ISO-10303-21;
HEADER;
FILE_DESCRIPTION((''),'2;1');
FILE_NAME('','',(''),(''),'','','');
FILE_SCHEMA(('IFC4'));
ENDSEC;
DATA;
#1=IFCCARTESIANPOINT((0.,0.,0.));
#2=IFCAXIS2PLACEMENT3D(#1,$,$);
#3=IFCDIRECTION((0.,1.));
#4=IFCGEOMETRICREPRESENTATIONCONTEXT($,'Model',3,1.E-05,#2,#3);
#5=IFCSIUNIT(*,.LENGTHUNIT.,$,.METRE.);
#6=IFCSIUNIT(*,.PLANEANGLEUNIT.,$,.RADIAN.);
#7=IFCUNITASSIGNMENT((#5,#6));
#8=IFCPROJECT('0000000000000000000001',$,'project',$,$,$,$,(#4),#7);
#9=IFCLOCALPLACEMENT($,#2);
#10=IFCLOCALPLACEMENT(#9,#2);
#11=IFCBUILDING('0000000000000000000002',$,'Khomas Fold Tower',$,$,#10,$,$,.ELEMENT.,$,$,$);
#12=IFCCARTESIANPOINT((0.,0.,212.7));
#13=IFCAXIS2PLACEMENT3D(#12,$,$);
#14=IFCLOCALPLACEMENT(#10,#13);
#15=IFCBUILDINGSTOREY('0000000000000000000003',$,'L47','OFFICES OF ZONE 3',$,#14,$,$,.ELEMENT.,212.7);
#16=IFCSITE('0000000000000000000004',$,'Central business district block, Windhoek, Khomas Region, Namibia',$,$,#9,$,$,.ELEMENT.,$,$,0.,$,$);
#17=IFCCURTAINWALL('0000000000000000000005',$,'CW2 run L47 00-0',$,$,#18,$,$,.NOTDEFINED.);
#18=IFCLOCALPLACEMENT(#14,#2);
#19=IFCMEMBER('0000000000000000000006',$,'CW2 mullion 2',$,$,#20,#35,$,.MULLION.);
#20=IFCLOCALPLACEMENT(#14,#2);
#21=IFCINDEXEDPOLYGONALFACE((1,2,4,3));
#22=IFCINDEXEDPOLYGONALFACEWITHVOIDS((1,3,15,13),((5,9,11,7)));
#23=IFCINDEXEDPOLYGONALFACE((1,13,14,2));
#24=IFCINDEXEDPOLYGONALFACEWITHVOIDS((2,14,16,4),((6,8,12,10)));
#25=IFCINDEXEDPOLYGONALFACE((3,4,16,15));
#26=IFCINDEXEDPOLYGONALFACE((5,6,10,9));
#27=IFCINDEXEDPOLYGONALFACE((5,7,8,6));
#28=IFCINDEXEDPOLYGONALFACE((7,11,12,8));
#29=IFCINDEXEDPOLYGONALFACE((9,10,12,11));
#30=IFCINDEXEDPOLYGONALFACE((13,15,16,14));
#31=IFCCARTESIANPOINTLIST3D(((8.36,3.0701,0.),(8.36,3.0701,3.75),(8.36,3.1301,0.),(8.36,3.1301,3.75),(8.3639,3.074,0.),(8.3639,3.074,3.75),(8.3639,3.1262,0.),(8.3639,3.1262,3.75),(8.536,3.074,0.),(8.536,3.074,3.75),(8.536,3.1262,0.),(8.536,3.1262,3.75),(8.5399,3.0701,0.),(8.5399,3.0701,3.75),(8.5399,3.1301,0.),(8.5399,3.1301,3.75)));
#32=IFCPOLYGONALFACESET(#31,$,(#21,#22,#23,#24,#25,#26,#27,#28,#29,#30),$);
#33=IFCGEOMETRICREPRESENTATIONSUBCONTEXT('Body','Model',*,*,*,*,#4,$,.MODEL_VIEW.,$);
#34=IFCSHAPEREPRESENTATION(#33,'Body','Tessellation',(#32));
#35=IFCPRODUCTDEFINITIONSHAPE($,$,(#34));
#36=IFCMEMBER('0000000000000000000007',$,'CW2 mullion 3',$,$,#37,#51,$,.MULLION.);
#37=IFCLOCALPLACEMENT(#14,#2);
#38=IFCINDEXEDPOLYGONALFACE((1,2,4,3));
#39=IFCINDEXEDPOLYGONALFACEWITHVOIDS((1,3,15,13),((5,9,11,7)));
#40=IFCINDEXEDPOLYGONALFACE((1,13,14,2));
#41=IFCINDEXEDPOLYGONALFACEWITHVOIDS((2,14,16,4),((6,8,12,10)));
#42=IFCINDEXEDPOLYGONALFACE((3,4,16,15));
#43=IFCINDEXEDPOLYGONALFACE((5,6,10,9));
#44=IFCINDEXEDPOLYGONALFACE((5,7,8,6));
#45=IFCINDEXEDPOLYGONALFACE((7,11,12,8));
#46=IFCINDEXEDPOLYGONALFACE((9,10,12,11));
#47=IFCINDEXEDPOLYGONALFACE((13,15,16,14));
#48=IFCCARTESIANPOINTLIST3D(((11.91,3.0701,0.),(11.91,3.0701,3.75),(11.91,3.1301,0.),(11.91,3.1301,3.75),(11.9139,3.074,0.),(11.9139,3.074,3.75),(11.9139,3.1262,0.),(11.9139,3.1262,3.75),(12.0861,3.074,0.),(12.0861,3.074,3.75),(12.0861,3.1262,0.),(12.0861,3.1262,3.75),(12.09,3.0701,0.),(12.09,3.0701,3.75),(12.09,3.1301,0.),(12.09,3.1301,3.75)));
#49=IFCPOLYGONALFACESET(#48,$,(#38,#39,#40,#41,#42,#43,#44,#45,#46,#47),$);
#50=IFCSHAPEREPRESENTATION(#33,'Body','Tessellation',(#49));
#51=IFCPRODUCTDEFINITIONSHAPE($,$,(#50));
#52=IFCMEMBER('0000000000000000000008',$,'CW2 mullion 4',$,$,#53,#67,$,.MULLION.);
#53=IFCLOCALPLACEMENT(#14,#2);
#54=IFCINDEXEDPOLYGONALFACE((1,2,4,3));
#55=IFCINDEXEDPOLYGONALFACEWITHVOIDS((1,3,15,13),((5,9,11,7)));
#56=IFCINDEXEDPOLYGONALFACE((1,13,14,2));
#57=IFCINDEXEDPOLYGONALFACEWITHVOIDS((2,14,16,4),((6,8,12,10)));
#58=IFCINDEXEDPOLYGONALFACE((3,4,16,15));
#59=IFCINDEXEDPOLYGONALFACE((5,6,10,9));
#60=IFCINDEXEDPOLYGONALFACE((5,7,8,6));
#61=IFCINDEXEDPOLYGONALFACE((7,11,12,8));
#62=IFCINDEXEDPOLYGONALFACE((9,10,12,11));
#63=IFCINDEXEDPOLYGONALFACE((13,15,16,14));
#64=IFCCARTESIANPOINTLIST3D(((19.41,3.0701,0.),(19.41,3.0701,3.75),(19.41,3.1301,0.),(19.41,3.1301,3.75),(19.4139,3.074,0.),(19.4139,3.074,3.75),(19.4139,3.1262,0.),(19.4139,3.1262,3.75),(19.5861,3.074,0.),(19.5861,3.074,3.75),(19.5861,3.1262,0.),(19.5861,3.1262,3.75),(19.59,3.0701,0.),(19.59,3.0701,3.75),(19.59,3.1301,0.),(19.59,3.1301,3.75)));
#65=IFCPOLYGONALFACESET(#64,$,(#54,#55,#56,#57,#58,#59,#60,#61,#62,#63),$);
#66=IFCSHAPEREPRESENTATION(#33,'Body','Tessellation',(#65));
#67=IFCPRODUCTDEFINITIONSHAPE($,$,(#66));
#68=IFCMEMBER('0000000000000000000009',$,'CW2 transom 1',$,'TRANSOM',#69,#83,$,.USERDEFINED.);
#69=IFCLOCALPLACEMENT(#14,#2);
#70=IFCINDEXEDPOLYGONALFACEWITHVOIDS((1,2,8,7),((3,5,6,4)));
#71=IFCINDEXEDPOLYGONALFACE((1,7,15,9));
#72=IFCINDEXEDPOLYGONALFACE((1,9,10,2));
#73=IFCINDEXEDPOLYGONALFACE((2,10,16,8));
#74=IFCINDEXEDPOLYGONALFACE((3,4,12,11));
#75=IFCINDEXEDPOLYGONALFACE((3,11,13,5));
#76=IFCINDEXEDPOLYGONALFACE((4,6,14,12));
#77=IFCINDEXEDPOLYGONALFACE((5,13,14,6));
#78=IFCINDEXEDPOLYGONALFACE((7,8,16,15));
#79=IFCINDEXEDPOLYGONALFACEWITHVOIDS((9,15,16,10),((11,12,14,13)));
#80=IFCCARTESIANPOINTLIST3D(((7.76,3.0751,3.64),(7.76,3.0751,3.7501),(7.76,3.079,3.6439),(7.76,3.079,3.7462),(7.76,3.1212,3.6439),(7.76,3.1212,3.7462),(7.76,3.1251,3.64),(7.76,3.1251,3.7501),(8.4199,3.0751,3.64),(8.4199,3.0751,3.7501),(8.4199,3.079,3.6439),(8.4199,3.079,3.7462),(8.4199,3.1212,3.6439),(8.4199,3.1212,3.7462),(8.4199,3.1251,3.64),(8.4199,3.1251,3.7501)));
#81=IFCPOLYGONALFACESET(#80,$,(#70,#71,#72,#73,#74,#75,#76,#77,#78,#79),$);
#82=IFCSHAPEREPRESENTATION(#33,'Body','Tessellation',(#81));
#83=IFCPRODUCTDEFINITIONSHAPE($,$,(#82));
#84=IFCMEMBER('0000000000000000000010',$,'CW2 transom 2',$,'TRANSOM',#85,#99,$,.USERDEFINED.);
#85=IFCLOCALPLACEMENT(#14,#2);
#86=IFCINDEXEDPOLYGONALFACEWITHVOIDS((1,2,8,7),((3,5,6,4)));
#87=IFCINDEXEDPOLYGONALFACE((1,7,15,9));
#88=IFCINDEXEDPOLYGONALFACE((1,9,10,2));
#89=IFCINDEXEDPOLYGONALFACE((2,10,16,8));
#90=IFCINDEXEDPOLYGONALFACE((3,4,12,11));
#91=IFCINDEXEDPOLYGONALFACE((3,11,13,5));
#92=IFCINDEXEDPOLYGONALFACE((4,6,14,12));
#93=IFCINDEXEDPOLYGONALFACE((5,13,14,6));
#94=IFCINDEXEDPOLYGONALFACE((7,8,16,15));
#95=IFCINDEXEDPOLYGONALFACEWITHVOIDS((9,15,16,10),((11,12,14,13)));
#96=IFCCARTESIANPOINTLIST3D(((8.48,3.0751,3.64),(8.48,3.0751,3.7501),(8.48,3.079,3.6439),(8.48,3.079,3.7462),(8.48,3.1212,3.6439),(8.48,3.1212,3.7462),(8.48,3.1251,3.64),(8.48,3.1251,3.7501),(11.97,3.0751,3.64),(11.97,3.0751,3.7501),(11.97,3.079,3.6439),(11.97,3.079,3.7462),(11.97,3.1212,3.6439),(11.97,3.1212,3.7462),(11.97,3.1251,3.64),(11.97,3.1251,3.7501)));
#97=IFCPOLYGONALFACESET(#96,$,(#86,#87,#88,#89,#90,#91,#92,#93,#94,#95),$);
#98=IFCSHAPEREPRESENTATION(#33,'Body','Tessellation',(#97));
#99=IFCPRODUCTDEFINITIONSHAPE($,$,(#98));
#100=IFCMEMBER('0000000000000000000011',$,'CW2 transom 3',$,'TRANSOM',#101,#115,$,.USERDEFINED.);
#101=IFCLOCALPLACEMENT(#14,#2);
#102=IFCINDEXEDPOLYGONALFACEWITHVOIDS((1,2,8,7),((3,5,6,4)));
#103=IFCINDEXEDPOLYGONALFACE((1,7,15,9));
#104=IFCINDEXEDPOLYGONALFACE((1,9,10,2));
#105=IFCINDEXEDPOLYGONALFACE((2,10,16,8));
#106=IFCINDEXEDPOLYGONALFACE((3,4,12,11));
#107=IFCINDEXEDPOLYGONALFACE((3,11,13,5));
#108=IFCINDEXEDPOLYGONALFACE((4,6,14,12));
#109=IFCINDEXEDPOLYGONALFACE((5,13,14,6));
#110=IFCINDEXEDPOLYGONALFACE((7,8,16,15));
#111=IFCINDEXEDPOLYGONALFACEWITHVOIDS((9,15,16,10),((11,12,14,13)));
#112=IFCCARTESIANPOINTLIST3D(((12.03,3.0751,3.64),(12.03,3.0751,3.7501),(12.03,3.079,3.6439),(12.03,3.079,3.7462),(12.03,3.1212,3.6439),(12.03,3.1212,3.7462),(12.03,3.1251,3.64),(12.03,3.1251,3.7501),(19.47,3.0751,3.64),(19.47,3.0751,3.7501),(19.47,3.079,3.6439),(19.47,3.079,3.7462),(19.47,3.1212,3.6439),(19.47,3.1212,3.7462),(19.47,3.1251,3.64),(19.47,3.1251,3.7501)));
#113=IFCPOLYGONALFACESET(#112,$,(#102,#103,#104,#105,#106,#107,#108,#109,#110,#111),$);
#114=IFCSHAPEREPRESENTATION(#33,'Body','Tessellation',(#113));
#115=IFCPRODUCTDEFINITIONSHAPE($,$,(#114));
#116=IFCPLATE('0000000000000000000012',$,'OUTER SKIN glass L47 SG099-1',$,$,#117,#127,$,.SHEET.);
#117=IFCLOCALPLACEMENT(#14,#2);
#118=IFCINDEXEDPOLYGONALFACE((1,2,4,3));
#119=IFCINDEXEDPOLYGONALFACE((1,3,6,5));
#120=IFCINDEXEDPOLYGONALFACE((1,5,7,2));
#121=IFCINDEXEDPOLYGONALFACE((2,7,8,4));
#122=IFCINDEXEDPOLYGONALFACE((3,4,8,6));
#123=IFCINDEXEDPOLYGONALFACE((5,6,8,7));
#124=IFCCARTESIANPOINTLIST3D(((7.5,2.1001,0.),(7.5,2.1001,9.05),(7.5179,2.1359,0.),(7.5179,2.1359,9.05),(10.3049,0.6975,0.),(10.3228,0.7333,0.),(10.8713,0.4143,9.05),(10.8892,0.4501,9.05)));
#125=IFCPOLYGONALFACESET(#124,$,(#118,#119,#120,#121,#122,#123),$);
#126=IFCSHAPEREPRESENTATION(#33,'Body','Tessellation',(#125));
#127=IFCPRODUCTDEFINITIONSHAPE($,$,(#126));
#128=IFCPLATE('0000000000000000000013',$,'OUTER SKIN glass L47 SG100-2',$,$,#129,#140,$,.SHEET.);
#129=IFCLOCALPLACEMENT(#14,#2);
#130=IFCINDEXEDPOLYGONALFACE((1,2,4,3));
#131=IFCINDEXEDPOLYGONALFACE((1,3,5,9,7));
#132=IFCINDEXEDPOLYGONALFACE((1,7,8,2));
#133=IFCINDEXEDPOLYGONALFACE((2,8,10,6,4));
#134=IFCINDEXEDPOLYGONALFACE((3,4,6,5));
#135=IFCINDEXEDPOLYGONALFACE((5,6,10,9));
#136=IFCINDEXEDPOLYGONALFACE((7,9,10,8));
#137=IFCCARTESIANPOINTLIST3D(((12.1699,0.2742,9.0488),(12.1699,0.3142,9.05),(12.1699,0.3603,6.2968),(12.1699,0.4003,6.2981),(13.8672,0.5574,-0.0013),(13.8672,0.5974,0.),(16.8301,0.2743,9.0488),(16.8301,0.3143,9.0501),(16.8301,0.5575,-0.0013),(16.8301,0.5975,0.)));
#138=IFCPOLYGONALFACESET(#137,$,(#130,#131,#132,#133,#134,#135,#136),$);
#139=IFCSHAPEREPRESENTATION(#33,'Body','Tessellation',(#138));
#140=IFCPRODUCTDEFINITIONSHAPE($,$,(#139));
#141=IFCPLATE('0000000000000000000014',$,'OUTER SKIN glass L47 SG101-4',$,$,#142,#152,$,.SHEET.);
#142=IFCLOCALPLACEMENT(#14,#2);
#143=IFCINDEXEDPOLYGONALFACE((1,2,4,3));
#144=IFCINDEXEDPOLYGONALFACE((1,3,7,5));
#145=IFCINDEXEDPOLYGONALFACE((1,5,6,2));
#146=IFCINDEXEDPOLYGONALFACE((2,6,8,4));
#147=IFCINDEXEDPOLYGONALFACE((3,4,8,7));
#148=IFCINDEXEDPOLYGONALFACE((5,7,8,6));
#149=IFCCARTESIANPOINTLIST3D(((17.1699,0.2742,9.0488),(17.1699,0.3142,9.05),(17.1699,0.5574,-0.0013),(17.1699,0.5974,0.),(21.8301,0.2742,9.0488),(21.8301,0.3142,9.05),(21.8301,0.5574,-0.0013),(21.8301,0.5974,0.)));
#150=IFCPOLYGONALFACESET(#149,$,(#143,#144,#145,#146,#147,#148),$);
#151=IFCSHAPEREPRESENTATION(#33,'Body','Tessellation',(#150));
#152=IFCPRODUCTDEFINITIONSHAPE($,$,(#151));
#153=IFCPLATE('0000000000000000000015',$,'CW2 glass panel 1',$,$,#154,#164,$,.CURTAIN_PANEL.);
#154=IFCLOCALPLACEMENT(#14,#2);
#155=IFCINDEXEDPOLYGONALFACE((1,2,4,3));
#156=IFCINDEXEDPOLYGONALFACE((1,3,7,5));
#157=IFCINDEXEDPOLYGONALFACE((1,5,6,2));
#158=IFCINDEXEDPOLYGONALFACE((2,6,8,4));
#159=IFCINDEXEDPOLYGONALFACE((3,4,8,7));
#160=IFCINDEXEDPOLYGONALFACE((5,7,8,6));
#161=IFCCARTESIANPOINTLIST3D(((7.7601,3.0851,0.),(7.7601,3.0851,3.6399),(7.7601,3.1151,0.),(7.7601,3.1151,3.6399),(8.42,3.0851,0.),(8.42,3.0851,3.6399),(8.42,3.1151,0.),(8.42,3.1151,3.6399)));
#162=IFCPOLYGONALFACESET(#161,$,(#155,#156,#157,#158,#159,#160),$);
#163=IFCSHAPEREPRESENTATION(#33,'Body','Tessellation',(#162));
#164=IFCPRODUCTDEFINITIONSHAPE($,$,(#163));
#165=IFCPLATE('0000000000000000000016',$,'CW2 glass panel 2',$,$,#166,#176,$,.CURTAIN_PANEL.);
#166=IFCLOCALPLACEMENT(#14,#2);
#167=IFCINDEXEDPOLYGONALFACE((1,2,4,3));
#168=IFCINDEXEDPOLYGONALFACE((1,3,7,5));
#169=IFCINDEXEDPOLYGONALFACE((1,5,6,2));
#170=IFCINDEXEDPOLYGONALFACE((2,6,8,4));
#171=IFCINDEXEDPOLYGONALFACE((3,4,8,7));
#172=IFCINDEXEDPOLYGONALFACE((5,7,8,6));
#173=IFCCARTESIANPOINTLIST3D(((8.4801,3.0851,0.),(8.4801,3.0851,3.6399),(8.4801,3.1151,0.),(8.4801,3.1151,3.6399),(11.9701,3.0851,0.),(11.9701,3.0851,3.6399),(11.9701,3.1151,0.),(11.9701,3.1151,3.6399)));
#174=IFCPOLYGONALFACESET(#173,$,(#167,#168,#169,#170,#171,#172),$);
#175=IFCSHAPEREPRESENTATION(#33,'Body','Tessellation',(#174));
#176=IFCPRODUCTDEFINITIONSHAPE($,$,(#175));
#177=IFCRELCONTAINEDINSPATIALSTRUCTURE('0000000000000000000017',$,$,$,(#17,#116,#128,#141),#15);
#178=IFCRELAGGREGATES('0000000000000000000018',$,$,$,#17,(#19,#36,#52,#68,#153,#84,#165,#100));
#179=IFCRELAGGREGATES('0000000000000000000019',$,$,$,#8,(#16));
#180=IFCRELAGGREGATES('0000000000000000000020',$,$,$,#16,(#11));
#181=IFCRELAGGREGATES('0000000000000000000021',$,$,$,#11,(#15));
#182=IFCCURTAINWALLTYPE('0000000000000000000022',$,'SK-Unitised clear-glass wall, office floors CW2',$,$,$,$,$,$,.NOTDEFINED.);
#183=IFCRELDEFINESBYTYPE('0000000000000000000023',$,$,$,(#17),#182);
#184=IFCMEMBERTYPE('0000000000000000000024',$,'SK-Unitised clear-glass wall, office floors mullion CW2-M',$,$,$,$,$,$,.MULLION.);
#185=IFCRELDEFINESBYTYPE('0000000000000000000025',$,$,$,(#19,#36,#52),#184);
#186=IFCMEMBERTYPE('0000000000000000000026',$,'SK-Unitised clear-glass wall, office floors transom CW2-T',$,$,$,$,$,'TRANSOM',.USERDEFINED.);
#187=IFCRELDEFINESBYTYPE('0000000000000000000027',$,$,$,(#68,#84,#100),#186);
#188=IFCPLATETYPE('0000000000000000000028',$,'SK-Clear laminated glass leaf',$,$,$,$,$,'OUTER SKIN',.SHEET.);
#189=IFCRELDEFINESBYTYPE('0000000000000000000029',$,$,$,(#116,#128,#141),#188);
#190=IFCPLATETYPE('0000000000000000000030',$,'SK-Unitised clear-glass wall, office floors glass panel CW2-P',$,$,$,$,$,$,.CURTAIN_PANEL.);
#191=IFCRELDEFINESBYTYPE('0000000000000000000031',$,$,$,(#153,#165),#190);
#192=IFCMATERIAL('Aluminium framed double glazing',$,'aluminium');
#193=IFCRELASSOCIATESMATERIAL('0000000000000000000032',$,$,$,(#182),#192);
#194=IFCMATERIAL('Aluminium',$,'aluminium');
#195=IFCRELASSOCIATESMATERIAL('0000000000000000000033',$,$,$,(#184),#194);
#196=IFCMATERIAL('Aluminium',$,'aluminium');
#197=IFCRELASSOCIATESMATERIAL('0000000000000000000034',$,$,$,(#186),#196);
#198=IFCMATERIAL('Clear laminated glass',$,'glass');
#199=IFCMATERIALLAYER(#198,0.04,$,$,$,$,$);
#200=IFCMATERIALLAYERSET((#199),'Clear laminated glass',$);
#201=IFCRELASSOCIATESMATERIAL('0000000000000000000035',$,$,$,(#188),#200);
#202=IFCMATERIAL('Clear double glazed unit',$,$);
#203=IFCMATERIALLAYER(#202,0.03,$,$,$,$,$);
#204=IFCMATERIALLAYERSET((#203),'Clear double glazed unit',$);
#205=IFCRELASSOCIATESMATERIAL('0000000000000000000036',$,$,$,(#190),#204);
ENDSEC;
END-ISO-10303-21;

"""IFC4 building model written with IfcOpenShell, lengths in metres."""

from ifc_helpers import new_model, si_unit, direction, frame, origin, origin_2d, place, context, subcontext, project, spatial, polyline, rectangle, hollow_rectangle, outline, extrude, source, transform, mapped, material, layer, layer_set, material_profile, profile_set, type_object, element, aggregate, save


model = new_model("IFC4")

# Units and contexts
model_context = context("Model", 3, precision=1e-05, world=origin(), true_north=direction((0.0, 1.0)))
body_context = subcontext(model_context, "Body", "Model", "MODEL_VIEW")
ifc_project = project(units=[si_unit("LENGTHUNIT", "METRE"), si_unit("PLANEANGLEUNIT", "RADIAN")], contexts=[model_context])

# Site, building, storey
site_placement = place(None, origin())
site = spatial("IfcSite", under=ifc_project, at=site_placement, Name="Central business district block, Windhoek, Khomas Region, Namibia", CompositionType="ELEMENT", RefElevation=0.0)
building_placement = place(site_placement, origin())
building = spatial("IfcBuilding", under=site, at=building_placement, Name="Khomas Fold Tower", CompositionType="ELEMENT")
storey_placement = place(building_placement, frame((0.0, 0.0, 212.7)))
storey = spatial("IfcBuildingStorey", under=building, at=storey_placement, Name="L47", Description="OFFICES OF ZONE 3", CompositionType="ELEMENT", Elevation=212.7)

# Curtain wall, members
ifc_material_1 = material(Name="Aluminium framed double glazing", Category="aluminium")
curtain_wall_type = type_object("IfcCurtainWallType", Name="SK-Unitised clear-glass wall, office floors CW2", PredefinedType="NOTDEFINED", material=ifc_material_1)
curtain_wall_placement = place(storey_placement, origin())
curtain_wall = element("IfcCurtainWall", 1, at=curtain_wall_placement, inside=storey, type_object=curtain_wall_type, Name="CW2 run L47 00-0", PredefinedType="NOTDEFINED")
ifc_material_2 = material(Name="Aluminium", Category="aluminium")
ifc_material_profile_1 = material_profile(ifc_material_2, hollow_rectangle(XDim=0.0601, YDim=0.1799, WallThickness=0.0039, at=origin_2d()), Name="SK-Unitised clear-glass wall, office floors mullion CW2-M")
ifc_profile_set_1 = profile_set([ifc_material_profile_1], Name="Aluminium")
member_type_1 = type_object("IfcMemberType", Name="SK-Unitised clear-glass wall, office floors mullion CW2-M", PredefinedType="MULLION", material=ifc_profile_set_1)
shared_shape_1 = source(origin(), body_context, "Body", "SweptSolid", [
    extrude(hollow_rectangle(XDim=0.0601, YDim=0.1799, WallThickness=0.0039, at=origin_2d()), origin(), (0.0, 0.0, 1.0), 3.75),
])
member_1_placement = place(storey_placement, frame((8.45, 3.1001, 0.0), z_axis=(0.0, 0.0, 1.0), x_axis=(0.0, 1.0, 0.0)))
member_1 = element("IfcMember", 2, at=member_1_placement, type_object=member_type_1, Name="CW2 mullion 2", PredefinedType="MULLION", context=body_context, shape_type="MappedRepresentation", body=[
    mapped(shared_shape_1, transform((0.0, 0.0, 0.0))),
])
member_2_placement = place(storey_placement, frame((12.0, 3.1001, 0.0), z_axis=(0.0, 0.0, 1.0), x_axis=(0.0, 1.0, 0.0)))
member_2 = element("IfcMember", 3, at=member_2_placement, type_object=member_type_1, Name="CW2 mullion 3", PredefinedType="MULLION", context=body_context, shape_type="MappedRepresentation", body=[
    mapped(shared_shape_1, transform((0.0, 0.0, 0.0))),
])
member_3_placement = place(storey_placement, frame((19.5, 3.1001, 0.0), z_axis=(0.0, 0.0, 1.0), x_axis=(0.0, 1.0, 0.0)))
member_3 = element("IfcMember", 4, at=member_3_placement, type_object=member_type_1, Name="CW2 mullion 4", PredefinedType="MULLION", context=body_context, shape_type="MappedRepresentation", body=[
    mapped(shared_shape_1, transform((0.0, 0.0, 0.0))),
])
ifc_material_3 = material(Name="Aluminium", Category="aluminium")
ifc_material_profile_2 = material_profile(ifc_material_3, hollow_rectangle(XDim=0.05, YDim=0.1101, WallThickness=0.0039, at=origin_2d()), Name="SK-Unitised clear-glass wall, office floors transom CW2-T")
ifc_profile_set_2 = profile_set([ifc_material_profile_2], Name="Aluminium")
member_type_2 = type_object("IfcMemberType", Name="SK-Unitised clear-glass wall, office floors transom CW2-T", ElementType="TRANSOM", PredefinedType="USERDEFINED", material=ifc_profile_set_2)
shared_shape_2 = source(origin(), body_context, "Body", "SweptSolid", [
    extrude(hollow_rectangle(XDim=0.05, YDim=0.1101, WallThickness=0.0039, at=origin_2d()), origin(), (0.0, 0.0, 1.0), 0.6599),
])
member_4_placement = place(storey_placement, frame((7.76, 3.1001, 3.6951), z_axis=(1.0, 0.0, 0.0), x_axis=(0.0, 1.0, 0.0)))
member_4 = element("IfcMember", 5, at=member_4_placement, type_object=member_type_2, Name="CW2 transom 1", ObjectType="TRANSOM", PredefinedType="USERDEFINED", context=body_context, shape_type="MappedRepresentation", body=[
    mapped(shared_shape_2, transform((0.0, 0.0, 0.0))),
])
shared_shape_3 = source(origin(), body_context, "Body", "SweptSolid", [
    extrude(hollow_rectangle(XDim=0.05, YDim=0.1101, WallThickness=0.0039, at=origin_2d()), origin(), (0.0, 0.0, 1.0), 3.49),
])
member_5_placement = place(storey_placement, frame((8.48, 3.1001, 3.6951), z_axis=(1.0, 0.0, 0.0), x_axis=(0.0, 1.0, 0.0)))
member_5 = element("IfcMember", 6, at=member_5_placement, type_object=member_type_2, Name="CW2 transom 2", ObjectType="TRANSOM", PredefinedType="USERDEFINED", context=body_context, shape_type="MappedRepresentation", body=[
    mapped(shared_shape_3, transform((0.0, 0.0, 0.0))),
])
shared_shape_4 = source(origin(), body_context, "Body", "SweptSolid", [
    extrude(hollow_rectangle(XDim=0.05, YDim=0.1101, WallThickness=0.0039, at=origin_2d()), origin(), (0.0, 0.0, 1.0), 7.4399),
])
member_6_placement = place(storey_placement, frame((12.03, 3.1001, 3.6951), z_axis=(1.0, 0.0, 0.0), x_axis=(0.0, 1.0, 0.0)))
member_6 = element("IfcMember", 7, at=member_6_placement, type_object=member_type_2, Name="CW2 transom 3", ObjectType="TRANSOM", PredefinedType="USERDEFINED", context=body_context, shape_type="MappedRepresentation", body=[
    mapped(shared_shape_4, transform((0.0, 0.0, 0.0))),
])

# Plates
ifc_material_4 = material(Name="Clear laminated glass", Category="glass")
ifc_layer_1 = layer(ifc_material_4, 0.04)
ifc_layer_set_1 = layer_set([ifc_layer_1], Name="Clear laminated glass")
plate_type_1 = type_object("IfcPlateType", Name="SK-Clear laminated glass leaf", ElementType="OUTER SKIN", PredefinedType="SHEET", material=ifc_layer_set_1)
plate_1_placement = place(storey_placement, frame((10.3049, 0.6975, 0.0), z_axis=(-0.447242, -0.894413, 0.000001), x_axis=(-0.894413, 0.447242, 0.0)))
element("IfcPlate", 8, at=plate_1_placement, inside=storey, type_object=plate_type_1, Name="OUTER SKIN glass L47 SG099-1", PredefinedType="SHEET", context=body_context, shape_type="SweptSolid", body=[
    extrude(outline(polyline([(0.0, 0.0), (3.1361, 0.0), (3.1361, -9.05), (-0.6333, -9.05), (0.0, 0.0)])), origin(), (0.0, 0.0, -1.0), 0.04),
])
plate_2_placement = place(storey_placement, frame((13.8672, 0.5974, 0.0), z_axis=(-0.000022, 0.999511, 0.031274), x_axis=(-0.260087, -0.030203, 0.965113)))
element("IfcPlate", 9, at=plate_2_placement, inside=storey, type_object=plate_type_1, Name="OUTER SKIN glass L47 SG100-2", PredefinedType="SHEET", context=body_context, shape_type="SweptSolid", body=[
    extrude(outline(polyline([(0.0, 0.0), (6.5258, 0.0), (9.1843, 0.7161), (7.9723, 5.2159), (-0.7706, 2.8609), (0.0, 0.0)])), origin(), (0.0, 0.0, -1.0), 0.04),
])
plate_3_placement = place(storey_placement, frame((17.1699, 0.5974, 0.0), z_axis=(0.0, 0.999511, 0.031278), x_axis=(0.0, -0.031278, 0.999511)))
element("IfcPlate", 10, at=plate_3_placement, inside=storey, type_object=plate_type_1, Name="OUTER SKIN glass L47 SG101-4", PredefinedType="SHEET", context=body_context, shape_type="SweptSolid", body=[
    extrude(outline(polyline([(0.0, 0.0), (9.0545, 0.0), (9.0545, 4.6602), (0.0, 4.6602), (0.0, 0.0)])), origin(), (0.0, 0.0, -1.0), 0.04),
])

# Plates
ifc_material_5 = material(Name="Clear double glazed unit")
ifc_layer_2 = layer(ifc_material_5, 0.03)
ifc_layer_set_2 = layer_set([ifc_layer_2], Name="Clear double glazed unit")
plate_type_2 = type_object("IfcPlateType", Name="SK-Unitised clear-glass wall, office floors glass panel CW2-P", PredefinedType="CURTAIN_PANEL", material=ifc_layer_set_2)
shared_shape_5 = source(origin(), body_context, "Body", "SweptSolid", [
    extrude(rectangle(XDim=0.6599, YDim=0.03, at=origin_2d()), origin(), (0.0, 0.0, 1.0), 3.6399),
])
plate_4_placement = place(storey_placement, frame((8.0901, 3.1001, 0.0), z_axis=(0.0, 0.0, 1.0), x_axis=(1.0, 0.0, 0.0)))
plate_4 = element("IfcPlate", 11, at=plate_4_placement, type_object=plate_type_2, Name="CW2 glass panel 1", PredefinedType="CURTAIN_PANEL", context=body_context, shape_type="MappedRepresentation", body=[
    mapped(shared_shape_5, transform((0.0, 0.0, 0.0))),
])
shared_shape_6 = source(origin(), body_context, "Body", "SweptSolid", [
    extrude(rectangle(XDim=3.49, YDim=0.03, at=origin_2d()), origin(), (0.0, 0.0, 1.0), 3.6399),
])
plate_5_placement = place(storey_placement, frame((10.2251, 3.1001, 0.0), z_axis=(0.0, 0.0, 1.0), x_axis=(1.0, 0.0, 0.0)))
plate_5 = element("IfcPlate", 12, at=plate_5_placement, type_object=plate_type_2, Name="CW2 glass panel 2", PredefinedType="CURTAIN_PANEL", context=body_context, shape_type="MappedRepresentation", body=[
    mapped(shared_shape_6, transform((0.0, 0.0, 0.0))),
])
aggregate(curtain_wall, [member_1, member_2, member_3, member_4, plate_4, member_5, plate_5, member_6])

save(model, "model.ifc")
